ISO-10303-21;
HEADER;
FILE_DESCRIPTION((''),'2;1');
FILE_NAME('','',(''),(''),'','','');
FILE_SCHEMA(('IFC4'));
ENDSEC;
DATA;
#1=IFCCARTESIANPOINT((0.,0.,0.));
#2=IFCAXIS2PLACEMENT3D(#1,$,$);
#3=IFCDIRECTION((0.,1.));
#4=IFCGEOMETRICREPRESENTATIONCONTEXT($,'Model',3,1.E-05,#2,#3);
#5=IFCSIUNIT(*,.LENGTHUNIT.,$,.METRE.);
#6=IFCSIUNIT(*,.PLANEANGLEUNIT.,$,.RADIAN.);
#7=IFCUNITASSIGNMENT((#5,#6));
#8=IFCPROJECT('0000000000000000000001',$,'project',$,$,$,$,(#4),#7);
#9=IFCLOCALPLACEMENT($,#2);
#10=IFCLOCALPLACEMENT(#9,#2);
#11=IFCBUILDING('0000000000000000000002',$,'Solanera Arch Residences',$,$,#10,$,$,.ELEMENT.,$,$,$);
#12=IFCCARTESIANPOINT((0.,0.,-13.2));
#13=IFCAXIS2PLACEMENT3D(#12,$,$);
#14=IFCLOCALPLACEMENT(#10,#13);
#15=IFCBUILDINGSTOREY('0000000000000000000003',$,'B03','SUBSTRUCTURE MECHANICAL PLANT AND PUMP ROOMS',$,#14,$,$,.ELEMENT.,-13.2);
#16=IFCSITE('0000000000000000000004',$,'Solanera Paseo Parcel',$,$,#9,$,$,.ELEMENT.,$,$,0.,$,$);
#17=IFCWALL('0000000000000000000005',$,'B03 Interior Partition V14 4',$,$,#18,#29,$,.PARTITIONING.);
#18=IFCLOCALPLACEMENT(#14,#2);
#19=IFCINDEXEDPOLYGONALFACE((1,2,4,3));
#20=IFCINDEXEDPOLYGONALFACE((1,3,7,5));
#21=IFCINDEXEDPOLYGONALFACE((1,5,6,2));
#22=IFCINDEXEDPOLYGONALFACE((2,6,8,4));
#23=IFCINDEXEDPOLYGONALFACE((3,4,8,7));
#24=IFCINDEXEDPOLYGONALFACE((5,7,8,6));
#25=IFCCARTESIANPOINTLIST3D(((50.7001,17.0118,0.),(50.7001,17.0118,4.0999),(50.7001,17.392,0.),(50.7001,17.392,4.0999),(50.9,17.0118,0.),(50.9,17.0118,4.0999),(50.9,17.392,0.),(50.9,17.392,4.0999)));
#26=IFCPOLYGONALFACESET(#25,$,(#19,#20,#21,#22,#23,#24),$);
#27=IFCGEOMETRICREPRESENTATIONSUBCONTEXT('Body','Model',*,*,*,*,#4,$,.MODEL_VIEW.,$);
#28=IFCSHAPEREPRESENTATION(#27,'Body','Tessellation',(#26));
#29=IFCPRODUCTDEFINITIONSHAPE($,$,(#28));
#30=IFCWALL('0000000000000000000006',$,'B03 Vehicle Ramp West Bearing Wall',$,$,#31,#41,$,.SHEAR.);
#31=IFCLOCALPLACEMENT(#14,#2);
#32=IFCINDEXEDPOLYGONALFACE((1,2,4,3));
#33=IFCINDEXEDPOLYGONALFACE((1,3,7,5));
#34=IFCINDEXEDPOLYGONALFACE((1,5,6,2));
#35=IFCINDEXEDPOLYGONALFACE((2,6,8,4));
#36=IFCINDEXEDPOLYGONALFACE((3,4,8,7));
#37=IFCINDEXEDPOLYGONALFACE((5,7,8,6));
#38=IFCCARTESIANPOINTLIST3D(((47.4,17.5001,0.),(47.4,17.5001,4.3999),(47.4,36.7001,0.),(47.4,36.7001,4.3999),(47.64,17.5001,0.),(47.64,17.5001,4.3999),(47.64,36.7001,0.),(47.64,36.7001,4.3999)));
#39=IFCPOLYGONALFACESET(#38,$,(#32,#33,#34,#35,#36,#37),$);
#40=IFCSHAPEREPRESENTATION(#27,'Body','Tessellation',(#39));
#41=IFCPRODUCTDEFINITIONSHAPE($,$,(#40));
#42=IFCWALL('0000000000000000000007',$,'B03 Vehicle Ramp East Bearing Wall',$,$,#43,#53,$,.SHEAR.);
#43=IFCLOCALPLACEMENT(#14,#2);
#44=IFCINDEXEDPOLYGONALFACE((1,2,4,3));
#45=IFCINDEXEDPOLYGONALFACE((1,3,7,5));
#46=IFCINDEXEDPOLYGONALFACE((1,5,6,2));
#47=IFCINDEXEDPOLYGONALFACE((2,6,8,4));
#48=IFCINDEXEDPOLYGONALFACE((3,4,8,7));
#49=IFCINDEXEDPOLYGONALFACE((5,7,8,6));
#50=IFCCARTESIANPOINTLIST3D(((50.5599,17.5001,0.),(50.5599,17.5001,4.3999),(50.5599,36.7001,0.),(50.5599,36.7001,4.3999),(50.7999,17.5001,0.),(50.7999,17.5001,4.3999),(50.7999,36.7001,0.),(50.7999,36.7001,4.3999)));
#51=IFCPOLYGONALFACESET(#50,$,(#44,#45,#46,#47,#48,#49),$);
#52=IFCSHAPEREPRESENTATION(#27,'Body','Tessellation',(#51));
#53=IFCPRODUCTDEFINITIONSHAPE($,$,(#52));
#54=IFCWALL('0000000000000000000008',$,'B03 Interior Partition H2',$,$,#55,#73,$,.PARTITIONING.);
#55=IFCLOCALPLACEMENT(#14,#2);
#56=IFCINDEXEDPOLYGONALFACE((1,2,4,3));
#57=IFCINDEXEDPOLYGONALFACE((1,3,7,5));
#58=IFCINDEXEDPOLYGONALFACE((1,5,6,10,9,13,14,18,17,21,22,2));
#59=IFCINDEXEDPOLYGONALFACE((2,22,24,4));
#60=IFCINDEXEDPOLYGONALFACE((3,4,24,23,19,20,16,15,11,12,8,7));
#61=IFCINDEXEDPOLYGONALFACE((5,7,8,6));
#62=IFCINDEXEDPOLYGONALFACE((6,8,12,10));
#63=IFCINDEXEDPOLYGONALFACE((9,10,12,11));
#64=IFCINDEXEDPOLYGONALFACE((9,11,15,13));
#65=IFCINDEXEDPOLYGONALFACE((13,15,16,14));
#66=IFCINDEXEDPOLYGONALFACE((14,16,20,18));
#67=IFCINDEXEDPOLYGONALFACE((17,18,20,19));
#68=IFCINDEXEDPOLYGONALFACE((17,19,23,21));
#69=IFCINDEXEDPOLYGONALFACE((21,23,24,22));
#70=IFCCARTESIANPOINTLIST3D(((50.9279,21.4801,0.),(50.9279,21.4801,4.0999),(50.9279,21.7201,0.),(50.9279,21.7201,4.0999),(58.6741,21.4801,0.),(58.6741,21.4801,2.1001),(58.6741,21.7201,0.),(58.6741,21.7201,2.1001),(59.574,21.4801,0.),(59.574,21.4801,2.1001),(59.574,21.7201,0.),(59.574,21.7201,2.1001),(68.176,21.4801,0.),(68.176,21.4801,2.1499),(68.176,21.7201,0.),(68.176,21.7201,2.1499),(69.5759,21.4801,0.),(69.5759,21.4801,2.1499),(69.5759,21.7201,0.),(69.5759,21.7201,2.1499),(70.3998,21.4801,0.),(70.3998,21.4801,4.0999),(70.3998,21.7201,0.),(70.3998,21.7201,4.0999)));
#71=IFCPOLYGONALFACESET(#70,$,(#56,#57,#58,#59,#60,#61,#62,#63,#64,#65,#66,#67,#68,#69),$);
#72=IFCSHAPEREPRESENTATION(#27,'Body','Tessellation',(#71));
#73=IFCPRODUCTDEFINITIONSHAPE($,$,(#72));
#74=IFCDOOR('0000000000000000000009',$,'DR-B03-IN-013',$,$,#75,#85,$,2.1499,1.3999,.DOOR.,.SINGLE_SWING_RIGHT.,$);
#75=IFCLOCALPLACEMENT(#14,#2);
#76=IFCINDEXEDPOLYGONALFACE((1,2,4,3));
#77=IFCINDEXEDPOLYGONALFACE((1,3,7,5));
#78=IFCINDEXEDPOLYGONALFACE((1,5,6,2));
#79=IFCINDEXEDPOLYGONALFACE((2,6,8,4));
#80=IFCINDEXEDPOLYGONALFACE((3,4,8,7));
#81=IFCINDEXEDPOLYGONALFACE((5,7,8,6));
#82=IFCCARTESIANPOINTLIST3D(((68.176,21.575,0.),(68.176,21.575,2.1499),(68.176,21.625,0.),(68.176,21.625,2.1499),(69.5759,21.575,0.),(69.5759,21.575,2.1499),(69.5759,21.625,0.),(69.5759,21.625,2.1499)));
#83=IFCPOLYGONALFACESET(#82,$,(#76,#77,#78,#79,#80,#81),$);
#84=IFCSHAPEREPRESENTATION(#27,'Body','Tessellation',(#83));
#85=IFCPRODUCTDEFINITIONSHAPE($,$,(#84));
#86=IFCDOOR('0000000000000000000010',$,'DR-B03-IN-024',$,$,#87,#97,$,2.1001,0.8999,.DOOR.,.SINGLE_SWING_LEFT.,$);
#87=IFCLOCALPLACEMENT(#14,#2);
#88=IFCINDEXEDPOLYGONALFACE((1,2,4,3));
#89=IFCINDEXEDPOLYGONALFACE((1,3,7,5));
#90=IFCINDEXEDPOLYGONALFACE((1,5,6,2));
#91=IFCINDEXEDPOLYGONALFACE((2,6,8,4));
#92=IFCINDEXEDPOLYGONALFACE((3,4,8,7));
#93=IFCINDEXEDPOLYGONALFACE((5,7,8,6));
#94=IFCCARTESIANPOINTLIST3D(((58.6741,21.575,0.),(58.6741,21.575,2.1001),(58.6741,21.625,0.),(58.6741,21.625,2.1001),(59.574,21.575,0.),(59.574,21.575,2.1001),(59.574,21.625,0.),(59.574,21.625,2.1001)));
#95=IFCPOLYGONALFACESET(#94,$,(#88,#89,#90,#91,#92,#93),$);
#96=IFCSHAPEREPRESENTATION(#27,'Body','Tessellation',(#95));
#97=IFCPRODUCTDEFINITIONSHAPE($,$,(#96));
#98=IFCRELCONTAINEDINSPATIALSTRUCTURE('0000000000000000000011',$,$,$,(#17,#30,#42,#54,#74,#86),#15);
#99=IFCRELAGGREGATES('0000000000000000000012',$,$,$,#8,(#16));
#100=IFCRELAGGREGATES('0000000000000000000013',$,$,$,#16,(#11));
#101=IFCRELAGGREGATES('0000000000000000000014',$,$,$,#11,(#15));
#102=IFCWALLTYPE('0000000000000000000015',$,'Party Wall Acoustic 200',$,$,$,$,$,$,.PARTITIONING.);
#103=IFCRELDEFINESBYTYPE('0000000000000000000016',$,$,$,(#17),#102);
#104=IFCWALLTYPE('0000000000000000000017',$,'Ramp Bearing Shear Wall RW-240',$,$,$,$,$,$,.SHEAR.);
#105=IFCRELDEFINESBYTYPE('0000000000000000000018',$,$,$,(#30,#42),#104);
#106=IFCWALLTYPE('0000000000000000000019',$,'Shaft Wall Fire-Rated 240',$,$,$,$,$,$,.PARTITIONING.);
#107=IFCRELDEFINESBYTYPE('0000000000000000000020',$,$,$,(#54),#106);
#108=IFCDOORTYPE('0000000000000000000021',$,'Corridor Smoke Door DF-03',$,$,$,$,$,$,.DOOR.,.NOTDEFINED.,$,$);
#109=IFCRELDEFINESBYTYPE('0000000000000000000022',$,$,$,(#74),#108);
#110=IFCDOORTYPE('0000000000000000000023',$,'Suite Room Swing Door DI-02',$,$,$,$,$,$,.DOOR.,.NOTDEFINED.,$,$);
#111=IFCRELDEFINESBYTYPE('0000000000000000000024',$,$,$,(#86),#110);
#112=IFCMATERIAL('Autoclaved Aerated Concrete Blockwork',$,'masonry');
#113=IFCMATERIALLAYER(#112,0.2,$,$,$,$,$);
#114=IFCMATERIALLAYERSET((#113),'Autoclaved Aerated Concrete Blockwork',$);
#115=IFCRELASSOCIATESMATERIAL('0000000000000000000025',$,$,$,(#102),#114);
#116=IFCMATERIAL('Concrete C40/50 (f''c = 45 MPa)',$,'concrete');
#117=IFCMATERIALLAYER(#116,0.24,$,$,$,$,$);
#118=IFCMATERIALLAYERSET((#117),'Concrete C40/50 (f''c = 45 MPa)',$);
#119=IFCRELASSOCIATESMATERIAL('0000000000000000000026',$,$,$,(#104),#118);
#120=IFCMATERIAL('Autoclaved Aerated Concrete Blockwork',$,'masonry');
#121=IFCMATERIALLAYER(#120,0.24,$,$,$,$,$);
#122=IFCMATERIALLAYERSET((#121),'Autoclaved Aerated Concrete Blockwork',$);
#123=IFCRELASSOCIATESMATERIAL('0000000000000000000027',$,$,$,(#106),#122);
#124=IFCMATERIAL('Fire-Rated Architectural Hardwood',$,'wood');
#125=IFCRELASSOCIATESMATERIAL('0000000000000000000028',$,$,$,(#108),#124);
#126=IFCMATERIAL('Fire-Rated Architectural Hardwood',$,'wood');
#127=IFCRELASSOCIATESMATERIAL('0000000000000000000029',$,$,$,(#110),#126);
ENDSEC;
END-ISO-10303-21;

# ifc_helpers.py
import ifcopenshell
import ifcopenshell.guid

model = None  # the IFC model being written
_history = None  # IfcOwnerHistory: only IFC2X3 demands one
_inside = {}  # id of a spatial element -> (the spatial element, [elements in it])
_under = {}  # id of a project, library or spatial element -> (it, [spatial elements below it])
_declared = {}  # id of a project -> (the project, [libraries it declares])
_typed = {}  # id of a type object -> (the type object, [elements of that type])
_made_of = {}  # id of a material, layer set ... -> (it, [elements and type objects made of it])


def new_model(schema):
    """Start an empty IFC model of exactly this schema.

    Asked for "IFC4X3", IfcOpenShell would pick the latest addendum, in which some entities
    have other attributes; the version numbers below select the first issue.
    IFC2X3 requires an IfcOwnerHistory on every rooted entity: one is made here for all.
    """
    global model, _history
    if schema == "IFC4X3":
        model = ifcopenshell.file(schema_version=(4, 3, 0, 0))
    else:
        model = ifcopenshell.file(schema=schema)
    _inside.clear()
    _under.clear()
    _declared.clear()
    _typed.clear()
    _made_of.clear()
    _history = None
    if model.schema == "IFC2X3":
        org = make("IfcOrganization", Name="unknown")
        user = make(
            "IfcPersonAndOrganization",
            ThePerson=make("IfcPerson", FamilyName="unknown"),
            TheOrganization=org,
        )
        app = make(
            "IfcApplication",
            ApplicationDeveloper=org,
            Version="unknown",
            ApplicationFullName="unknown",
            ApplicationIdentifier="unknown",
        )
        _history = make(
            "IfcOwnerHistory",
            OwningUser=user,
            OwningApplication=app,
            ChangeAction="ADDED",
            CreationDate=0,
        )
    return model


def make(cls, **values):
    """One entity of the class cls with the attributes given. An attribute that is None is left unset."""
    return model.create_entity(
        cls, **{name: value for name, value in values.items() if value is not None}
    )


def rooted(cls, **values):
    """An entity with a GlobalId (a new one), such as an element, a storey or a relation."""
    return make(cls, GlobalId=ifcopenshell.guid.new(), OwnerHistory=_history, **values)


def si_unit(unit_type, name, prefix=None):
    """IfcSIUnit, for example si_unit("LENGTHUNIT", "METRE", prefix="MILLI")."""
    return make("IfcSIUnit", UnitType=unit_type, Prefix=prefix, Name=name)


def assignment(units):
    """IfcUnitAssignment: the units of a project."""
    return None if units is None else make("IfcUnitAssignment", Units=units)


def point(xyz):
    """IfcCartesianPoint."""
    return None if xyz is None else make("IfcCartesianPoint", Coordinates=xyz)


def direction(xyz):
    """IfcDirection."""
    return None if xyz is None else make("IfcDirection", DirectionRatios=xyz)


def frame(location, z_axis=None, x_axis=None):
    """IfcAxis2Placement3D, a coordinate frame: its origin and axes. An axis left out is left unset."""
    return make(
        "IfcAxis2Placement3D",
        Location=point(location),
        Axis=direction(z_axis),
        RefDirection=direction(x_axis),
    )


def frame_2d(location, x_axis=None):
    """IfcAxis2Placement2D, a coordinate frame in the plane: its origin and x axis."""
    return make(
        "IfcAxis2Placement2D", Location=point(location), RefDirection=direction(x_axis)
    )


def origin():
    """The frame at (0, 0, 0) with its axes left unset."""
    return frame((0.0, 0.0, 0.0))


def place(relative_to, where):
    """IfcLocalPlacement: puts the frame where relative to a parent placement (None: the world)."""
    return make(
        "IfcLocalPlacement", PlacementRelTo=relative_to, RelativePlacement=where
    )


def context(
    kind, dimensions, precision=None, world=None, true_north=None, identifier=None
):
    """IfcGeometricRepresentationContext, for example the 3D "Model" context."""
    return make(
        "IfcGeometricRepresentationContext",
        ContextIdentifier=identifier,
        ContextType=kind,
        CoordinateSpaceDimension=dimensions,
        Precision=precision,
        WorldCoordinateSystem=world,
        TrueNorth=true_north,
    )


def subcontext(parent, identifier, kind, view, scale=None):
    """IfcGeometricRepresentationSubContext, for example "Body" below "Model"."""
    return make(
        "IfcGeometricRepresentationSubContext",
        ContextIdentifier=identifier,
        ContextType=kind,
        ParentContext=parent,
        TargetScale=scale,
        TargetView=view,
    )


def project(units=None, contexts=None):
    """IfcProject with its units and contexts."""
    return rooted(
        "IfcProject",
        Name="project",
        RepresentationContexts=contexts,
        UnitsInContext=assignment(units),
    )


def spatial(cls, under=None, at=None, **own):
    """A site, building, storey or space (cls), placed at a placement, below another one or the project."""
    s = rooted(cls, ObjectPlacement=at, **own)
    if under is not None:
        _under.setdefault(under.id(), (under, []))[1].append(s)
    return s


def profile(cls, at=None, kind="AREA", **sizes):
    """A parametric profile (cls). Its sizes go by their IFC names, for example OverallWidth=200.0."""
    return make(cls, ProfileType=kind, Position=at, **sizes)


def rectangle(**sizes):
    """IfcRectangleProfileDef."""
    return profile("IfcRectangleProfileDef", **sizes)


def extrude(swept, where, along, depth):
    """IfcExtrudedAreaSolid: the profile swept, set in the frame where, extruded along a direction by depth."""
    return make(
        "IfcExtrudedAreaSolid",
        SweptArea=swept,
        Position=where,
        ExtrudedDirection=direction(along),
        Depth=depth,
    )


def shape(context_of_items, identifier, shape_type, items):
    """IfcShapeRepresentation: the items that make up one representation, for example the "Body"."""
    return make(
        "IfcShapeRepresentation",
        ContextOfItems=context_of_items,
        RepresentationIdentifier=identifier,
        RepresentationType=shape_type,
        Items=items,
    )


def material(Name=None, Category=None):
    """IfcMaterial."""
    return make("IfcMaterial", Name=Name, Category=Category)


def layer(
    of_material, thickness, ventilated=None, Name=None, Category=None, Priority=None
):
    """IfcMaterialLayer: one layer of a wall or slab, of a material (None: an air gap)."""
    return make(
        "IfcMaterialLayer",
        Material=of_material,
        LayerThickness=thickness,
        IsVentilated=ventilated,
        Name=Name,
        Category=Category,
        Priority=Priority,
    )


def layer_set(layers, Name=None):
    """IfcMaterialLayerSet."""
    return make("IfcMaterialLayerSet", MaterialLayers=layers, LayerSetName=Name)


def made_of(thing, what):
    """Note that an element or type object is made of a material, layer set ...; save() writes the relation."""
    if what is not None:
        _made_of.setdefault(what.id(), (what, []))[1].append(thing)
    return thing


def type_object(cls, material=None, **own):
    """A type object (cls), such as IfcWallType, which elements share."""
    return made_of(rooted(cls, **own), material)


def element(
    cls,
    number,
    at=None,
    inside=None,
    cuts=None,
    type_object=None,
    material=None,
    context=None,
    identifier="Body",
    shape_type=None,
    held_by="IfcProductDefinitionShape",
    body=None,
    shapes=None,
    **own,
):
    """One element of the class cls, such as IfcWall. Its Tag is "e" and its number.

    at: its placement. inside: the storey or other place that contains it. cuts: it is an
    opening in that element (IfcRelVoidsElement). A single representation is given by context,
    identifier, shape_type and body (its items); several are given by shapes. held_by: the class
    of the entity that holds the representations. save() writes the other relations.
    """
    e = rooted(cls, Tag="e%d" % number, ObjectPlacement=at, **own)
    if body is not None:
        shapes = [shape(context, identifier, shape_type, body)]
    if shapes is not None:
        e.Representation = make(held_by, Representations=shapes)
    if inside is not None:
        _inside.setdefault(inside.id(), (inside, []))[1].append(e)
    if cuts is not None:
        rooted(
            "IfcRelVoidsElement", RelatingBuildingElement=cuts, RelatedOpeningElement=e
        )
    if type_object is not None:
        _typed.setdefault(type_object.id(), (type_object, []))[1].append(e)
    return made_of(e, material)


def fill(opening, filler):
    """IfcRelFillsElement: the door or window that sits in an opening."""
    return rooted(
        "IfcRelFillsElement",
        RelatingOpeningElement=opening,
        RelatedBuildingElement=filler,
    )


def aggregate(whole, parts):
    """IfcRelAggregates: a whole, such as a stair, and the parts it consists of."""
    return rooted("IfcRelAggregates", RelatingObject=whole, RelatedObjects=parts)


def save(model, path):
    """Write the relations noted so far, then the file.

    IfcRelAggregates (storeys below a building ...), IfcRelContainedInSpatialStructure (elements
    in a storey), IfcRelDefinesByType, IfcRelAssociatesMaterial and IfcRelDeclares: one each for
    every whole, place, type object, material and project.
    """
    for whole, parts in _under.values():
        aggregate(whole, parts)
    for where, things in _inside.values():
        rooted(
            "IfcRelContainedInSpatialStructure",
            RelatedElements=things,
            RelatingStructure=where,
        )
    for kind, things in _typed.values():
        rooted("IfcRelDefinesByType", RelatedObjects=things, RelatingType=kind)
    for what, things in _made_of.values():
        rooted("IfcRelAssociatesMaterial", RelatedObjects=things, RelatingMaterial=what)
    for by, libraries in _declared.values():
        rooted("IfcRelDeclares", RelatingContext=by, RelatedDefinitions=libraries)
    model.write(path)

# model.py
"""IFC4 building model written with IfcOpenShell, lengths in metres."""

from ifc_helpers import new_model, si_unit, direction, frame, frame_2d, origin, place, context, subcontext, project, spatial, rectangle, extrude, material, layer, layer_set, type_object, element, fill, save


model = new_model("IFC4")

# Units and contexts
model_context = context("Model", 3, precision=1e-05, world=origin(), true_north=direction((0.0, 1.0)))
body_context = subcontext(model_context, "Body", "Model", "MODEL_VIEW")
ifc_project = project(units=[si_unit("LENGTHUNIT", "METRE"), si_unit("PLANEANGLEUNIT", "RADIAN")], contexts=[model_context])

# Site, building, storey
site_placement = place(None, origin())
site = spatial("IfcSite", under=ifc_project, at=site_placement, Name="Solanera Paseo Parcel", CompositionType="ELEMENT", RefElevation=0.0)
building_placement = place(site_placement, origin())
building = spatial("IfcBuilding", under=site, at=building_placement, Name="Solanera Arch Residences", CompositionType="ELEMENT")
storey_placement = place(building_placement, frame((0.0, 0.0, -13.2)))
storey = spatial("IfcBuildingStorey", under=building, at=storey_placement, Name="B03", Description="SUBSTRUCTURE MECHANICAL PLANT AND PUMP ROOMS", CompositionType="ELEMENT", Elevation=-13.2)

# Shared definitions
ifc_material_1 = material(Name="Autoclaved Aerated Concrete Blockwork", Category="masonry")
ifc_layer_1 = layer(ifc_material_1, 0.2)
ifc_layer_set_1 = layer_set([ifc_layer_1], Name="Autoclaved Aerated Concrete Blockwork")
wall_type_1 = type_object("IfcWallType", Name="Party Wall Acoustic 200", PredefinedType="PARTITIONING", material=ifc_layer_set_1)

# Walls
wall_1_placement = place(storey_placement, frame((50.8, 17.012, 0.0), z_axis=(0.0, 0.0, 1.0), x_axis=(0.0, 1.0, 0.0)))
element("IfcWall", 1, at=wall_1_placement, inside=storey, type_object=wall_type_1, Name="B03 Interior Partition V14 4", PredefinedType="PARTITIONING", context=body_context, shape_type="SweptSolid", body=[
    extrude(rectangle(XDim=0.3801, YDim=0.2, at=frame_2d((0.1899, 0.0))), origin(), (0.0, 0.0, 1.0), 4.0999),
])
ifc_material_2 = material(Name="Concrete C40/50 (f'c = 45 MPa)", Category="concrete")
ifc_layer_2 = layer(ifc_material_2, 0.24)
ifc_layer_set_2 = layer_set([ifc_layer_2], Name="Concrete C40/50 (f'c = 45 MPa)")
wall_type_2 = type_object("IfcWallType", Name="Ramp Bearing Shear Wall RW-240", PredefinedType="SHEAR", material=ifc_layer_set_2)
for number, where, z_axis, x_axis, name in (
    (2, (47.52, 17.5, 0.0), (0.0, 0.0, 1.0), (0.0, 1.0, 0.0), "B03 Vehicle Ramp West Bearing Wall"),
    (3, (50.6799, 17.5, 0.0), (0.0, 0.0, 1.0), (0.0, 1.0, 0.0), "B03 Vehicle Ramp East Bearing Wall"),
):
    element("IfcWall", number, at=place(storey_placement, frame(where, z_axis=z_axis, x_axis=x_axis)), inside=storey, type_object=wall_type_2, Name=name, PredefinedType="SHEAR", context=body_context, shape_type="SweptSolid", body=[
        extrude(rectangle(XDim=19.2, YDim=0.24, at=frame_2d((9.6001, 0.0))), origin(), (0.0, 0.0, 1.0), 4.3999),
    ])

# Wall, openings, doors
ifc_material_3 = material(Name="Autoclaved Aerated Concrete Blockwork", Category="masonry")
ifc_layer_3 = layer(ifc_material_3, 0.24)
ifc_layer_set_3 = layer_set([ifc_layer_3], Name="Autoclaved Aerated Concrete Blockwork")
wall_type_3 = type_object("IfcWallType", Name="Shaft Wall Fire-Rated 240", PredefinedType="PARTITIONING", material=ifc_layer_set_3)
wall_2_placement = place(storey_placement, frame((50.928, 21.6001, 0.0), z_axis=(0.0, 0.0, 1.0), x_axis=(1.0, 0.0, 0.0)))
wall_2 = element("IfcWall", 4, at=wall_2_placement, inside=storey, type_object=wall_type_3, Name="B03 Interior Partition H2", PredefinedType="PARTITIONING", context=body_context, shape_type="SweptSolid", body=[
    extrude(rectangle(XDim=19.4719, YDim=0.24, at=frame_2d((9.7358, 0.0))), origin(), (0.0, 0.0, 1.0), 4.0999),
])
opening_1_placement = place(wall_2_placement, frame((17.248, 0.0, 0.0)))
opening_1 = element("IfcOpeningElement", 5, at=opening_1_placement, cuts=wall_2, PredefinedType="OPENING", context=body_context, shape_type="SweptSolid", body=[
    extrude(rectangle(XDim=1.3999, YDim=2.1499, at=frame_2d((0.7, 1.075))), frame((0.0, 0.1299, 0.0), z_axis=(0.0, -1.0, 0.0), x_axis=(1.0, 0.0, 0.0)), (0.0, 0.0, 1.0), 0.26),
])
opening_2_placement = place(wall_2_placement, frame((7.7461, 0.0, 0.0)))
opening_2 = element("IfcOpeningElement", 6, at=opening_2_placement, cuts=wall_2, PredefinedType="OPENING", context=body_context, shape_type="SweptSolid", body=[
    extrude(rectangle(XDim=0.8999, YDim=2.1001, at=frame_2d((0.45, 1.05))), frame((0.0, 0.1299, 0.0), z_axis=(0.0, -1.0, 0.0), x_axis=(1.0, 0.0, 0.0)), (0.0, 0.0, 1.0), 0.26),
])
ifc_material_4 = material(Name="Fire-Rated Architectural Hardwood", Category="wood")
door_type_1 = type_object("IfcDoorType", Name="Corridor Smoke Door DF-03", OperationType="NOTDEFINED", PredefinedType="DOOR", material=ifc_material_4)
door_1_placement = place(opening_1_placement, origin())
door_1 = element("IfcDoor", 7, at=door_1_placement, inside=storey, type_object=door_type_1, Name="DR-B03-IN-013", OperationType="SINGLE_SWING_RIGHT", OverallHeight=2.1499, OverallWidth=1.3999, PredefinedType="DOOR", context=body_context, shape_type="SweptSolid", body=[
    extrude(rectangle(XDim=1.3999, YDim=2.1499, at=frame_2d((0.7, 1.075))), frame((0.0, 0.0249, 0.0), z_axis=(0.0, -1.0, 0.0), x_axis=(1.0, 0.0, 0.0)), (0.0, 0.0, 1.0), 0.05),
])
fill(opening_1, door_1)
ifc_material_5 = material(Name="Fire-Rated Architectural Hardwood", Category="wood")
door_type_2 = type_object("IfcDoorType", Name="Suite Room Swing Door DI-02", OperationType="NOTDEFINED", PredefinedType="DOOR", material=ifc_material_5)
door_2_placement = place(opening_2_placement, origin())
door_2 = element("IfcDoor", 8, at=door_2_placement, inside=storey, type_object=door_type_2, Name="DR-B03-IN-024", OperationType="SINGLE_SWING_LEFT", OverallHeight=2.1001, OverallWidth=0.8999, PredefinedType="DOOR", context=body_context, shape_type="SweptSolid", body=[
    extrude(rectangle(XDim=0.8999, YDim=2.1001, at=frame_2d((0.45, 1.05))), frame((0.0, 0.0249, 0.0), z_axis=(0.0, -1.0, 0.0), x_axis=(1.0, 0.0, 0.0)), (0.0, 0.0, 1.0), 0.05),
])
fill(opening_2, door_2)

save(model, "model.ifc")
